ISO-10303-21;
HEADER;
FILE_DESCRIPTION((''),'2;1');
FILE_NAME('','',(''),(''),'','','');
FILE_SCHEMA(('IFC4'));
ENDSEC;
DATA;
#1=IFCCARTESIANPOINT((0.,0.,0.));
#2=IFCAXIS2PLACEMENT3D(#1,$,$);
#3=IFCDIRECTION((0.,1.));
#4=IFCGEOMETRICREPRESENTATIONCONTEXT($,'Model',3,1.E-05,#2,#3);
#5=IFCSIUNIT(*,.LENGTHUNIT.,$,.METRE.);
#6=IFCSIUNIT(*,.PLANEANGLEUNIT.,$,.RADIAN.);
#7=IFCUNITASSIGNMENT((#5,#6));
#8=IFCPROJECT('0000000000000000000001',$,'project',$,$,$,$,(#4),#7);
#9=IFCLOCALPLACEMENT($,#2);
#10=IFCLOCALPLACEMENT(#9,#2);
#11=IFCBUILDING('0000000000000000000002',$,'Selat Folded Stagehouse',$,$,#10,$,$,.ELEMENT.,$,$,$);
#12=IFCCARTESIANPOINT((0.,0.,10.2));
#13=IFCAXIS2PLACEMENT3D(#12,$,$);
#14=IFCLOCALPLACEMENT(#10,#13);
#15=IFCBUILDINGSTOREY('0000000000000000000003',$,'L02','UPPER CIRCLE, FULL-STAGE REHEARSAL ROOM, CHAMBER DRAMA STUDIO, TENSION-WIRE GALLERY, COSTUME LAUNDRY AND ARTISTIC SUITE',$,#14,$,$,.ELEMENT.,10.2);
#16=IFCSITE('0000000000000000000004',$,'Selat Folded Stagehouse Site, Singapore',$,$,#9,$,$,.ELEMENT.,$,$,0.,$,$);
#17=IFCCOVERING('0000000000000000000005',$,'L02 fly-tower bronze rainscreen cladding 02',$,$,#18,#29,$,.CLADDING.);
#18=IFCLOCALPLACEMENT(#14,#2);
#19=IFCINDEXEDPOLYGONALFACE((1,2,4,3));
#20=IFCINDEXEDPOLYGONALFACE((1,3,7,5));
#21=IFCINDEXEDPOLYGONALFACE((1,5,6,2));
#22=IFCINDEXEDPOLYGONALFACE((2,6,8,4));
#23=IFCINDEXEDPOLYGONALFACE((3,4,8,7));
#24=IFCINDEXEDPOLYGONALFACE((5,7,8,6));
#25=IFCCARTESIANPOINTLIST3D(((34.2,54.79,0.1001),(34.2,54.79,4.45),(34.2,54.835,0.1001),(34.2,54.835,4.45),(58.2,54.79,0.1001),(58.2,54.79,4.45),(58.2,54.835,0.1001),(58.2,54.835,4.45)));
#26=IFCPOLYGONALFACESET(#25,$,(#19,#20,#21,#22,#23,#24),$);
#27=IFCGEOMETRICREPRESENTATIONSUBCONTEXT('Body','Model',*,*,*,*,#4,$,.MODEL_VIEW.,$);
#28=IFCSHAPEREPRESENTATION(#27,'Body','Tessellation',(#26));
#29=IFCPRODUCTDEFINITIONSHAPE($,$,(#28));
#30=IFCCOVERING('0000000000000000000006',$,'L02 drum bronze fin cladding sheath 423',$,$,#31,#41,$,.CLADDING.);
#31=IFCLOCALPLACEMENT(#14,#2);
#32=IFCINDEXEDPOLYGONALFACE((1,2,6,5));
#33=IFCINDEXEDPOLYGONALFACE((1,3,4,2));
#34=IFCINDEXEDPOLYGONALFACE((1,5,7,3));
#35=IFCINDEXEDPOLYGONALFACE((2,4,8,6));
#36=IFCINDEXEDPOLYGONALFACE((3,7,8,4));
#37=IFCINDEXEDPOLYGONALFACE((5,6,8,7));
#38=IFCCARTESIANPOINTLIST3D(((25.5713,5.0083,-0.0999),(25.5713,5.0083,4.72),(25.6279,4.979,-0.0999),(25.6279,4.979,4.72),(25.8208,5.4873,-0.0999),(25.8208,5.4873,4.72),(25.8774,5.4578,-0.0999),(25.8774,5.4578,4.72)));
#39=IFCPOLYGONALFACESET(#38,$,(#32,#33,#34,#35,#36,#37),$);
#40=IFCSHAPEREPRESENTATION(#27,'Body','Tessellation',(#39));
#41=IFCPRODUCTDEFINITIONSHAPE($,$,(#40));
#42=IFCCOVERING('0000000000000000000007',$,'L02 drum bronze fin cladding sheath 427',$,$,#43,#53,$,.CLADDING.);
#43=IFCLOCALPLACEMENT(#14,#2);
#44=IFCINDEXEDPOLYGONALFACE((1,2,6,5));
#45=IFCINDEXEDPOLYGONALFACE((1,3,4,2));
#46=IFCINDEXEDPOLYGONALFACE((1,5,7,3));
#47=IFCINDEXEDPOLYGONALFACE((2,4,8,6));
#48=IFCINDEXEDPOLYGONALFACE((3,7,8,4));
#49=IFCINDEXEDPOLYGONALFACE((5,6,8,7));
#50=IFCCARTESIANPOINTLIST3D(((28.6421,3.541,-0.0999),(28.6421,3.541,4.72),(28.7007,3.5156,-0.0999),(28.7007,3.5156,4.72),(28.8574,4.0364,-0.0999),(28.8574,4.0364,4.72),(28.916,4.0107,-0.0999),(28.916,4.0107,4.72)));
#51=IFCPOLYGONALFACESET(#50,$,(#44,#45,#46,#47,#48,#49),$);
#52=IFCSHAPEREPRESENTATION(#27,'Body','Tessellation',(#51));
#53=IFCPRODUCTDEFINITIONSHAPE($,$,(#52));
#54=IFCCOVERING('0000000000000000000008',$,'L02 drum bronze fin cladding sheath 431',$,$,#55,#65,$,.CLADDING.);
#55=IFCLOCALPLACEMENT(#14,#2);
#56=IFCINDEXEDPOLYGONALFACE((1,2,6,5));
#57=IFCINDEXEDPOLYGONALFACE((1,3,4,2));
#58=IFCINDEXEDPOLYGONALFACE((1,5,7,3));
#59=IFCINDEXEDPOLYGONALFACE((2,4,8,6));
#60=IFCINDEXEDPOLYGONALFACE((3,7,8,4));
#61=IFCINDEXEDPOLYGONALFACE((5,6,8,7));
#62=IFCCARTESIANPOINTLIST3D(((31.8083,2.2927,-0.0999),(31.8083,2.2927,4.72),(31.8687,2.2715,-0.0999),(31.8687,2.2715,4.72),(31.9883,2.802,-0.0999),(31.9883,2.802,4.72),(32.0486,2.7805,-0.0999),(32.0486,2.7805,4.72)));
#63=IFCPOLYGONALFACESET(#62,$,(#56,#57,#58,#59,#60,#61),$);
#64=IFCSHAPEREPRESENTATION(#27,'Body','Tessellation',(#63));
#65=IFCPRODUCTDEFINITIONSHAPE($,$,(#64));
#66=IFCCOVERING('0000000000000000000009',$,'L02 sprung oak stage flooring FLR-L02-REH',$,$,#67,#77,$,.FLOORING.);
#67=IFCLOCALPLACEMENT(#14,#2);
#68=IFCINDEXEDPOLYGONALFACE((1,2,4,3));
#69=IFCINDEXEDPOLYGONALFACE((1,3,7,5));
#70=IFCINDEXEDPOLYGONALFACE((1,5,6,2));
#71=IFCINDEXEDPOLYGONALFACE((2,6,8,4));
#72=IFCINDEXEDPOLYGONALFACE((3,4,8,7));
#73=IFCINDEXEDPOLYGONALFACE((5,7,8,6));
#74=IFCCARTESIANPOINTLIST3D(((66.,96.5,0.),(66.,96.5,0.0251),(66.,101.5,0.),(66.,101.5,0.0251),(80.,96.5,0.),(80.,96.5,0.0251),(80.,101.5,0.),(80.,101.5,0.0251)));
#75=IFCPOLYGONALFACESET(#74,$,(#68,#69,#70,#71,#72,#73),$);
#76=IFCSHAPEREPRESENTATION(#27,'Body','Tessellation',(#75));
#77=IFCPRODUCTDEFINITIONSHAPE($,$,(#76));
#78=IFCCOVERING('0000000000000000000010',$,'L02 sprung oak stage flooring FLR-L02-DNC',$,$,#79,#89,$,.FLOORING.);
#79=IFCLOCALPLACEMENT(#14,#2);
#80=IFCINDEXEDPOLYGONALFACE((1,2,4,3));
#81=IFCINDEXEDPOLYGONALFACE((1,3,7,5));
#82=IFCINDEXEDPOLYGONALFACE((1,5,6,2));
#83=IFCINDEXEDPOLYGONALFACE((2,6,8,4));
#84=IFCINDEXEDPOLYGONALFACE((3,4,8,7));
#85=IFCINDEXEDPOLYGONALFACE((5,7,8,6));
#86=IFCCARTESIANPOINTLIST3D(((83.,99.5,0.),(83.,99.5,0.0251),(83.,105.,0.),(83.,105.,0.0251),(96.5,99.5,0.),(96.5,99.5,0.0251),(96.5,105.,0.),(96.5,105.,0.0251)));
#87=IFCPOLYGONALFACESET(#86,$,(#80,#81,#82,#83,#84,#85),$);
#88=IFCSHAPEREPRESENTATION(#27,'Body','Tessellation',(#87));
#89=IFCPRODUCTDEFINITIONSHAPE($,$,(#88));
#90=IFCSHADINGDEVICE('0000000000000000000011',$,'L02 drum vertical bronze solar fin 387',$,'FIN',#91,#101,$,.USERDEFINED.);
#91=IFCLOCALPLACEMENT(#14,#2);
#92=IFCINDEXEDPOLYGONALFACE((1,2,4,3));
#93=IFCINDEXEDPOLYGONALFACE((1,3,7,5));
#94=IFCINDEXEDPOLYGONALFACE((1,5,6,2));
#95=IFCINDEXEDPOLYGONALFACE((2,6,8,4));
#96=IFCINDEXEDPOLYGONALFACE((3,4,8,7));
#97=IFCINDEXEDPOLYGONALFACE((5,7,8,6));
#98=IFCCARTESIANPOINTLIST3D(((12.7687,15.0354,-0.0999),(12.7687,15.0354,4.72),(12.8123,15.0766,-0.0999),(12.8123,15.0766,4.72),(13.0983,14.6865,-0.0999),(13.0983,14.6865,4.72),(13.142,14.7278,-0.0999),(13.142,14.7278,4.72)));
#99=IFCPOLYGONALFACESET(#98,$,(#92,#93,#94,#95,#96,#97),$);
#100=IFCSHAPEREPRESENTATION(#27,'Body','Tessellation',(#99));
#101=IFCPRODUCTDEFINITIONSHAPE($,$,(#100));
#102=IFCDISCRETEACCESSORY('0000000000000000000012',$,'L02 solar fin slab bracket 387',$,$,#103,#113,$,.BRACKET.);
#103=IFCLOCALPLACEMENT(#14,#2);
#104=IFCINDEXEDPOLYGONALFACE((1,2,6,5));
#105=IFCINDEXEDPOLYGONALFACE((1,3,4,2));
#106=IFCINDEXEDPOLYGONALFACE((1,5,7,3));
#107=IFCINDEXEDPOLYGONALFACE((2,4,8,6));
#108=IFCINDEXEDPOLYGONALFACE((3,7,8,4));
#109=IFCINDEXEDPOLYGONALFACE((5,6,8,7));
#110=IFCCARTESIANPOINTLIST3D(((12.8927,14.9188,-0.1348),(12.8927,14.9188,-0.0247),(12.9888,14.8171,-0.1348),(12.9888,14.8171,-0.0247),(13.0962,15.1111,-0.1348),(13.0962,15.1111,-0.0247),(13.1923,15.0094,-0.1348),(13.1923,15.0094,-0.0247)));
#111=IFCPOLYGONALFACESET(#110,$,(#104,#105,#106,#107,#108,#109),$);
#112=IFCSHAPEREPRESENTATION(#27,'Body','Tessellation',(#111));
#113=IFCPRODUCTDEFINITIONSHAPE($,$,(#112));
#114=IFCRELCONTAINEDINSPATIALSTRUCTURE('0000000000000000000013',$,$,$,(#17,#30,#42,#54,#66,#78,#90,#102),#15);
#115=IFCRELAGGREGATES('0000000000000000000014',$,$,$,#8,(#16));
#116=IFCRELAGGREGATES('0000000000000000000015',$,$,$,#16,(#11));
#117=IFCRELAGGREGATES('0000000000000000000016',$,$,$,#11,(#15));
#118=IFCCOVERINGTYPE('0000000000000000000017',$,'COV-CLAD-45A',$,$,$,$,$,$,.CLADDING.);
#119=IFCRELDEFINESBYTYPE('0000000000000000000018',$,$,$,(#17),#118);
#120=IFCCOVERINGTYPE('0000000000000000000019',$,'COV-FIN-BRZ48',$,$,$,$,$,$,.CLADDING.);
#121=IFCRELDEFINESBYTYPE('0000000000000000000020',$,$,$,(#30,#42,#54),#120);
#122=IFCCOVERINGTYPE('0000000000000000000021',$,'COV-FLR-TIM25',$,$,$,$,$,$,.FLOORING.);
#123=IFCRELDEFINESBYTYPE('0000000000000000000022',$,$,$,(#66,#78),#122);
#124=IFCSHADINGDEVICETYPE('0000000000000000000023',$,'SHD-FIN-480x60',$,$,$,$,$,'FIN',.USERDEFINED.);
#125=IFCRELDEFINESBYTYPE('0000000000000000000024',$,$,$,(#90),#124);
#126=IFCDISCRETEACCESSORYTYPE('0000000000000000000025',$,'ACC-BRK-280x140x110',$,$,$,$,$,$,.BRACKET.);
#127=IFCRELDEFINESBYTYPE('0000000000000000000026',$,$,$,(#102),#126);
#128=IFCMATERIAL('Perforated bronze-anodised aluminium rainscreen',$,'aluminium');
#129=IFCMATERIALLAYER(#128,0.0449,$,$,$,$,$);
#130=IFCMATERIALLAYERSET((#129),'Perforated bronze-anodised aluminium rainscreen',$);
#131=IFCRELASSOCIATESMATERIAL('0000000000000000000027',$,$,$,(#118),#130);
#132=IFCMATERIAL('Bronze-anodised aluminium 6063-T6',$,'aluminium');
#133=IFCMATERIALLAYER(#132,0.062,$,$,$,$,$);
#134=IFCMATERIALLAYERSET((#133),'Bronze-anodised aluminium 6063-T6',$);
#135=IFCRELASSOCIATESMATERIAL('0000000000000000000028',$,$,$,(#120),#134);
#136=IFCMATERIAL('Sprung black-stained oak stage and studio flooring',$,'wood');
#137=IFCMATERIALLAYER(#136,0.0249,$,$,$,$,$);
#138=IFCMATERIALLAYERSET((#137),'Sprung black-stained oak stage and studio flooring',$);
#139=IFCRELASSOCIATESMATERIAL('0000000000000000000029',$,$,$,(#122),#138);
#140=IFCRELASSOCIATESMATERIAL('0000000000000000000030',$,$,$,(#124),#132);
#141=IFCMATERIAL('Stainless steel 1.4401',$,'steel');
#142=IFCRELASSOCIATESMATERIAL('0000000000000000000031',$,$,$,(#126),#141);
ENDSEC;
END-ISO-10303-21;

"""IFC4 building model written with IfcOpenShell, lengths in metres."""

from ifc_helpers import new_model, si_unit, direction, frame, origin, origin_2d, place, context, subcontext, project, spatial, polyline, rectangle, outline, extrude, material, layer, layer_set, material_profile, profile_set, type_object, element, save


model = new_model("IFC4")

# Units and contexts
model_context = context("Model", 3, precision=1e-05, world=origin(), true_north=direction((0.0, 1.0)))
body_context = subcontext(model_context, "Body", "Model", "MODEL_VIEW")
ifc_project = project(units=[si_unit("LENGTHUNIT", "METRE"), si_unit("PLANEANGLEUNIT", "RADIAN")], contexts=[model_context])

# Site, building, storey
site_placement = place(None, origin())
site = spatial("IfcSite", under=ifc_project, at=site_placement, Name="Selat Folded Stagehouse Site, Singapore", CompositionType="ELEMENT", RefElevation=0.0)
building_placement = place(site_placement, origin())
building = spatial("IfcBuilding", under=site, at=building_placement, Name="Selat Folded Stagehouse", CompositionType="ELEMENT")
storey_placement = place(building_placement, frame((0.0, 0.0, 10.2)))
storey = spatial("IfcBuildingStorey", under=building, at=storey_placement, Name="L02", Description="UPPER CIRCLE, FULL-STAGE REHEARSAL ROOM, CHAMBER DRAMA STUDIO, TENSION-WIRE GALLERY, COSTUME LAUNDRY AND ARTISTIC SUITE", CompositionType="ELEMENT", Elevation=10.2)

# Coverings
ifc_material_1 = material(Name="Perforated bronze-anodised aluminium rainscreen", Category="aluminium")
ifc_layer_1 = layer(ifc_material_1, 0.0449)
ifc_layer_set_1 = layer_set([ifc_layer_1], Name="Perforated bronze-anodised aluminium rainscreen")
covering_type_1 = type_object("IfcCoveringType", Name="COV-CLAD-45A", PredefinedType="CLADDING", material=ifc_layer_set_1)
covering_1_placement = place(storey_placement, frame((0.0, 0.0, 0.1001)))
element("IfcCovering", 1, at=covering_1_placement, inside=storey, type_object=covering_type_1, Name="L02 fly-tower bronze rainscreen cladding 02", PredefinedType="CLADDING", context=body_context, shape_type="SweptSolid", body=[
    extrude(outline(polyline([(34.2, 54.79), (58.2, 54.79), (58.2, 54.835), (34.2, 54.835), (34.2, 54.79)])), origin(), (0.0, 0.0, 1.0), 4.3499),
])
ifc_material_2 = material(Name="Bronze-anodised aluminium 6063-T6", Category="aluminium")
ifc_layer_2 = layer(ifc_material_2, 0.062)
ifc_layer_set_2 = layer_set([ifc_layer_2], Name="Bronze-anodised aluminium 6063-T6")
covering_type_2 = type_object("IfcCoveringType", Name="COV-FIN-BRZ48", PredefinedType="CLADDING", material=ifc_layer_set_2)
covering_2_placement = place(storey_placement, frame((0.0, 0.0, -0.0999)))
element("IfcCovering", 2, at=covering_2_placement, inside=storey, type_object=covering_type_2, Name="L02 drum bronze fin cladding sheath 423", PredefinedType="CLADDING", context=body_context, shape_type="SweptSolid", body=[
    extrude(outline(polyline([(25.8208, 5.4873), (25.5713, 5.0083), (25.6279, 4.979), (25.8774, 5.4578), (25.8208, 5.4873)])), origin(), (0.0, 0.0, 1.0), 4.8198),
])
covering_3_placement = place(storey_placement, frame((0.0, 0.0, -0.0999)))
element("IfcCovering", 3, at=covering_3_placement, inside=storey, type_object=covering_type_2, Name="L02 drum bronze fin cladding sheath 427", PredefinedType="CLADDING", context=body_context, shape_type="SweptSolid", body=[
    extrude(outline(polyline([(28.8574, 4.0364), (28.6421, 3.541), (28.7007, 3.5156), (28.916, 4.0107), (28.8574, 4.0364)])), origin(), (0.0, 0.0, 1.0), 4.8198),
])
covering_4_placement = place(storey_placement, frame((0.0, 0.0, -0.0999)))
element("IfcCovering", 4, at=covering_4_placement, inside=storey, type_object=covering_type_2, Name="L02 drum bronze fin cladding sheath 431", PredefinedType="CLADDING", context=body_context, shape_type="SweptSolid", body=[
    extrude(outline(polyline([(31.9883, 2.802), (31.8083, 2.2927), (31.8687, 2.2715), (32.0486, 2.7805), (31.9883, 2.802)])), origin(), (0.0, 0.0, 1.0), 4.8198),
])
ifc_material_3 = material(Name="Sprung black-stained oak stage and studio flooring", Category="wood")
ifc_layer_3 = layer(ifc_material_3, 0.0249)
ifc_layer_set_3 = layer_set([ifc_layer_3], Name="Sprung black-stained oak stage and studio flooring")
covering_type_3 = type_object("IfcCoveringType", Name="COV-FLR-TIM25", PredefinedType="FLOORING", material=ifc_layer_set_3)
covering_5_placement = place(storey_placement, origin())
element("IfcCovering", 5, at=covering_5_placement, inside=storey, type_object=covering_type_3, Name="L02 sprung oak stage flooring FLR-L02-REH", PredefinedType="FLOORING", context=body_context, shape_type="SweptSolid", body=[
    extrude(outline(polyline([(66.0, 96.5), (80.0, 96.5), (80.0, 101.5), (66.0, 101.5), (66.0, 96.5)])), origin(), (0.0, 0.0, 1.0), 0.0251),
])
covering_6_placement = place(storey_placement, origin())
element("IfcCovering", 6, at=covering_6_placement, inside=storey, type_object=covering_type_3, Name="L02 sprung oak stage flooring FLR-L02-DNC", PredefinedType="FLOORING", context=body_context, shape_type="SweptSolid", body=[
    extrude(outline(polyline([(83.0, 99.5), (96.5, 99.5), (96.5, 105.0), (83.0, 105.0), (83.0, 99.5)])), origin(), (0.0, 0.0, 1.0), 0.0251),
])

# Shading device
ifc_material_profile_1 = material_profile(ifc_material_2, rectangle(XDim=0.0601, YDim=0.48, at=origin_2d()), Name="SOLAR-FIN 480x60")
ifc_profile_set_1 = profile_set([ifc_material_profile_1], Name="Bronze-anodised aluminium 6063-T6")
shading_device_type = type_object("IfcShadingDeviceType", Name="SHD-FIN-480x60", ElementType="FIN", PredefinedType="USERDEFINED", material=ifc_profile_set_1)
shading_device_placement = place(storey_placement, frame((12.9553, 14.8816, -0.0999), z_axis=(0.0, 0.0, 1.0), x_axis=(-0.726814, -0.686834, 0.0)))
element("IfcShadingDevice", 7, at=shading_device_placement, inside=storey, type_object=shading_device_type, Name="L02 drum vertical bronze solar fin 387", ObjectType="FIN", PredefinedType="USERDEFINED", context=body_context, shape_type="SweptSolid", body=[
    extrude(rectangle(XDim=0.0601, YDim=0.48, at=origin_2d()), origin(), (0.0, 0.0, 1.0), 4.8198),
])

# Discrete accessory
ifc_material_4 = material(Name="Stainless steel 1.4401", Category="steel")
discrete_accessory_type = type_object("IfcDiscreteAccessoryType", Name="ACC-BRK-280x140x110", PredefinedType="BRACKET", material=ifc_material_4)
discrete_accessory_placement = place(storey_placement, frame((13.0425, 14.9641, -0.1348), z_axis=(0.0, 0.0, 1.0), x_axis=(-0.726814, -0.686834, 0.0)))
element("IfcDiscreteAccessory", 8, at=discrete_accessory_placement, inside=storey, type_object=discrete_accessory_type, Name="L02 solar fin slab bracket 387", PredefinedType="BRACKET", context=body_context, shape_type="SweptSolid", body=[
    extrude(rectangle(XDim=0.28, YDim=0.1399, at=origin_2d()), origin(), (0.0, 0.0, 1.0), 0.1101),
])

save(model, "model.ifc")
